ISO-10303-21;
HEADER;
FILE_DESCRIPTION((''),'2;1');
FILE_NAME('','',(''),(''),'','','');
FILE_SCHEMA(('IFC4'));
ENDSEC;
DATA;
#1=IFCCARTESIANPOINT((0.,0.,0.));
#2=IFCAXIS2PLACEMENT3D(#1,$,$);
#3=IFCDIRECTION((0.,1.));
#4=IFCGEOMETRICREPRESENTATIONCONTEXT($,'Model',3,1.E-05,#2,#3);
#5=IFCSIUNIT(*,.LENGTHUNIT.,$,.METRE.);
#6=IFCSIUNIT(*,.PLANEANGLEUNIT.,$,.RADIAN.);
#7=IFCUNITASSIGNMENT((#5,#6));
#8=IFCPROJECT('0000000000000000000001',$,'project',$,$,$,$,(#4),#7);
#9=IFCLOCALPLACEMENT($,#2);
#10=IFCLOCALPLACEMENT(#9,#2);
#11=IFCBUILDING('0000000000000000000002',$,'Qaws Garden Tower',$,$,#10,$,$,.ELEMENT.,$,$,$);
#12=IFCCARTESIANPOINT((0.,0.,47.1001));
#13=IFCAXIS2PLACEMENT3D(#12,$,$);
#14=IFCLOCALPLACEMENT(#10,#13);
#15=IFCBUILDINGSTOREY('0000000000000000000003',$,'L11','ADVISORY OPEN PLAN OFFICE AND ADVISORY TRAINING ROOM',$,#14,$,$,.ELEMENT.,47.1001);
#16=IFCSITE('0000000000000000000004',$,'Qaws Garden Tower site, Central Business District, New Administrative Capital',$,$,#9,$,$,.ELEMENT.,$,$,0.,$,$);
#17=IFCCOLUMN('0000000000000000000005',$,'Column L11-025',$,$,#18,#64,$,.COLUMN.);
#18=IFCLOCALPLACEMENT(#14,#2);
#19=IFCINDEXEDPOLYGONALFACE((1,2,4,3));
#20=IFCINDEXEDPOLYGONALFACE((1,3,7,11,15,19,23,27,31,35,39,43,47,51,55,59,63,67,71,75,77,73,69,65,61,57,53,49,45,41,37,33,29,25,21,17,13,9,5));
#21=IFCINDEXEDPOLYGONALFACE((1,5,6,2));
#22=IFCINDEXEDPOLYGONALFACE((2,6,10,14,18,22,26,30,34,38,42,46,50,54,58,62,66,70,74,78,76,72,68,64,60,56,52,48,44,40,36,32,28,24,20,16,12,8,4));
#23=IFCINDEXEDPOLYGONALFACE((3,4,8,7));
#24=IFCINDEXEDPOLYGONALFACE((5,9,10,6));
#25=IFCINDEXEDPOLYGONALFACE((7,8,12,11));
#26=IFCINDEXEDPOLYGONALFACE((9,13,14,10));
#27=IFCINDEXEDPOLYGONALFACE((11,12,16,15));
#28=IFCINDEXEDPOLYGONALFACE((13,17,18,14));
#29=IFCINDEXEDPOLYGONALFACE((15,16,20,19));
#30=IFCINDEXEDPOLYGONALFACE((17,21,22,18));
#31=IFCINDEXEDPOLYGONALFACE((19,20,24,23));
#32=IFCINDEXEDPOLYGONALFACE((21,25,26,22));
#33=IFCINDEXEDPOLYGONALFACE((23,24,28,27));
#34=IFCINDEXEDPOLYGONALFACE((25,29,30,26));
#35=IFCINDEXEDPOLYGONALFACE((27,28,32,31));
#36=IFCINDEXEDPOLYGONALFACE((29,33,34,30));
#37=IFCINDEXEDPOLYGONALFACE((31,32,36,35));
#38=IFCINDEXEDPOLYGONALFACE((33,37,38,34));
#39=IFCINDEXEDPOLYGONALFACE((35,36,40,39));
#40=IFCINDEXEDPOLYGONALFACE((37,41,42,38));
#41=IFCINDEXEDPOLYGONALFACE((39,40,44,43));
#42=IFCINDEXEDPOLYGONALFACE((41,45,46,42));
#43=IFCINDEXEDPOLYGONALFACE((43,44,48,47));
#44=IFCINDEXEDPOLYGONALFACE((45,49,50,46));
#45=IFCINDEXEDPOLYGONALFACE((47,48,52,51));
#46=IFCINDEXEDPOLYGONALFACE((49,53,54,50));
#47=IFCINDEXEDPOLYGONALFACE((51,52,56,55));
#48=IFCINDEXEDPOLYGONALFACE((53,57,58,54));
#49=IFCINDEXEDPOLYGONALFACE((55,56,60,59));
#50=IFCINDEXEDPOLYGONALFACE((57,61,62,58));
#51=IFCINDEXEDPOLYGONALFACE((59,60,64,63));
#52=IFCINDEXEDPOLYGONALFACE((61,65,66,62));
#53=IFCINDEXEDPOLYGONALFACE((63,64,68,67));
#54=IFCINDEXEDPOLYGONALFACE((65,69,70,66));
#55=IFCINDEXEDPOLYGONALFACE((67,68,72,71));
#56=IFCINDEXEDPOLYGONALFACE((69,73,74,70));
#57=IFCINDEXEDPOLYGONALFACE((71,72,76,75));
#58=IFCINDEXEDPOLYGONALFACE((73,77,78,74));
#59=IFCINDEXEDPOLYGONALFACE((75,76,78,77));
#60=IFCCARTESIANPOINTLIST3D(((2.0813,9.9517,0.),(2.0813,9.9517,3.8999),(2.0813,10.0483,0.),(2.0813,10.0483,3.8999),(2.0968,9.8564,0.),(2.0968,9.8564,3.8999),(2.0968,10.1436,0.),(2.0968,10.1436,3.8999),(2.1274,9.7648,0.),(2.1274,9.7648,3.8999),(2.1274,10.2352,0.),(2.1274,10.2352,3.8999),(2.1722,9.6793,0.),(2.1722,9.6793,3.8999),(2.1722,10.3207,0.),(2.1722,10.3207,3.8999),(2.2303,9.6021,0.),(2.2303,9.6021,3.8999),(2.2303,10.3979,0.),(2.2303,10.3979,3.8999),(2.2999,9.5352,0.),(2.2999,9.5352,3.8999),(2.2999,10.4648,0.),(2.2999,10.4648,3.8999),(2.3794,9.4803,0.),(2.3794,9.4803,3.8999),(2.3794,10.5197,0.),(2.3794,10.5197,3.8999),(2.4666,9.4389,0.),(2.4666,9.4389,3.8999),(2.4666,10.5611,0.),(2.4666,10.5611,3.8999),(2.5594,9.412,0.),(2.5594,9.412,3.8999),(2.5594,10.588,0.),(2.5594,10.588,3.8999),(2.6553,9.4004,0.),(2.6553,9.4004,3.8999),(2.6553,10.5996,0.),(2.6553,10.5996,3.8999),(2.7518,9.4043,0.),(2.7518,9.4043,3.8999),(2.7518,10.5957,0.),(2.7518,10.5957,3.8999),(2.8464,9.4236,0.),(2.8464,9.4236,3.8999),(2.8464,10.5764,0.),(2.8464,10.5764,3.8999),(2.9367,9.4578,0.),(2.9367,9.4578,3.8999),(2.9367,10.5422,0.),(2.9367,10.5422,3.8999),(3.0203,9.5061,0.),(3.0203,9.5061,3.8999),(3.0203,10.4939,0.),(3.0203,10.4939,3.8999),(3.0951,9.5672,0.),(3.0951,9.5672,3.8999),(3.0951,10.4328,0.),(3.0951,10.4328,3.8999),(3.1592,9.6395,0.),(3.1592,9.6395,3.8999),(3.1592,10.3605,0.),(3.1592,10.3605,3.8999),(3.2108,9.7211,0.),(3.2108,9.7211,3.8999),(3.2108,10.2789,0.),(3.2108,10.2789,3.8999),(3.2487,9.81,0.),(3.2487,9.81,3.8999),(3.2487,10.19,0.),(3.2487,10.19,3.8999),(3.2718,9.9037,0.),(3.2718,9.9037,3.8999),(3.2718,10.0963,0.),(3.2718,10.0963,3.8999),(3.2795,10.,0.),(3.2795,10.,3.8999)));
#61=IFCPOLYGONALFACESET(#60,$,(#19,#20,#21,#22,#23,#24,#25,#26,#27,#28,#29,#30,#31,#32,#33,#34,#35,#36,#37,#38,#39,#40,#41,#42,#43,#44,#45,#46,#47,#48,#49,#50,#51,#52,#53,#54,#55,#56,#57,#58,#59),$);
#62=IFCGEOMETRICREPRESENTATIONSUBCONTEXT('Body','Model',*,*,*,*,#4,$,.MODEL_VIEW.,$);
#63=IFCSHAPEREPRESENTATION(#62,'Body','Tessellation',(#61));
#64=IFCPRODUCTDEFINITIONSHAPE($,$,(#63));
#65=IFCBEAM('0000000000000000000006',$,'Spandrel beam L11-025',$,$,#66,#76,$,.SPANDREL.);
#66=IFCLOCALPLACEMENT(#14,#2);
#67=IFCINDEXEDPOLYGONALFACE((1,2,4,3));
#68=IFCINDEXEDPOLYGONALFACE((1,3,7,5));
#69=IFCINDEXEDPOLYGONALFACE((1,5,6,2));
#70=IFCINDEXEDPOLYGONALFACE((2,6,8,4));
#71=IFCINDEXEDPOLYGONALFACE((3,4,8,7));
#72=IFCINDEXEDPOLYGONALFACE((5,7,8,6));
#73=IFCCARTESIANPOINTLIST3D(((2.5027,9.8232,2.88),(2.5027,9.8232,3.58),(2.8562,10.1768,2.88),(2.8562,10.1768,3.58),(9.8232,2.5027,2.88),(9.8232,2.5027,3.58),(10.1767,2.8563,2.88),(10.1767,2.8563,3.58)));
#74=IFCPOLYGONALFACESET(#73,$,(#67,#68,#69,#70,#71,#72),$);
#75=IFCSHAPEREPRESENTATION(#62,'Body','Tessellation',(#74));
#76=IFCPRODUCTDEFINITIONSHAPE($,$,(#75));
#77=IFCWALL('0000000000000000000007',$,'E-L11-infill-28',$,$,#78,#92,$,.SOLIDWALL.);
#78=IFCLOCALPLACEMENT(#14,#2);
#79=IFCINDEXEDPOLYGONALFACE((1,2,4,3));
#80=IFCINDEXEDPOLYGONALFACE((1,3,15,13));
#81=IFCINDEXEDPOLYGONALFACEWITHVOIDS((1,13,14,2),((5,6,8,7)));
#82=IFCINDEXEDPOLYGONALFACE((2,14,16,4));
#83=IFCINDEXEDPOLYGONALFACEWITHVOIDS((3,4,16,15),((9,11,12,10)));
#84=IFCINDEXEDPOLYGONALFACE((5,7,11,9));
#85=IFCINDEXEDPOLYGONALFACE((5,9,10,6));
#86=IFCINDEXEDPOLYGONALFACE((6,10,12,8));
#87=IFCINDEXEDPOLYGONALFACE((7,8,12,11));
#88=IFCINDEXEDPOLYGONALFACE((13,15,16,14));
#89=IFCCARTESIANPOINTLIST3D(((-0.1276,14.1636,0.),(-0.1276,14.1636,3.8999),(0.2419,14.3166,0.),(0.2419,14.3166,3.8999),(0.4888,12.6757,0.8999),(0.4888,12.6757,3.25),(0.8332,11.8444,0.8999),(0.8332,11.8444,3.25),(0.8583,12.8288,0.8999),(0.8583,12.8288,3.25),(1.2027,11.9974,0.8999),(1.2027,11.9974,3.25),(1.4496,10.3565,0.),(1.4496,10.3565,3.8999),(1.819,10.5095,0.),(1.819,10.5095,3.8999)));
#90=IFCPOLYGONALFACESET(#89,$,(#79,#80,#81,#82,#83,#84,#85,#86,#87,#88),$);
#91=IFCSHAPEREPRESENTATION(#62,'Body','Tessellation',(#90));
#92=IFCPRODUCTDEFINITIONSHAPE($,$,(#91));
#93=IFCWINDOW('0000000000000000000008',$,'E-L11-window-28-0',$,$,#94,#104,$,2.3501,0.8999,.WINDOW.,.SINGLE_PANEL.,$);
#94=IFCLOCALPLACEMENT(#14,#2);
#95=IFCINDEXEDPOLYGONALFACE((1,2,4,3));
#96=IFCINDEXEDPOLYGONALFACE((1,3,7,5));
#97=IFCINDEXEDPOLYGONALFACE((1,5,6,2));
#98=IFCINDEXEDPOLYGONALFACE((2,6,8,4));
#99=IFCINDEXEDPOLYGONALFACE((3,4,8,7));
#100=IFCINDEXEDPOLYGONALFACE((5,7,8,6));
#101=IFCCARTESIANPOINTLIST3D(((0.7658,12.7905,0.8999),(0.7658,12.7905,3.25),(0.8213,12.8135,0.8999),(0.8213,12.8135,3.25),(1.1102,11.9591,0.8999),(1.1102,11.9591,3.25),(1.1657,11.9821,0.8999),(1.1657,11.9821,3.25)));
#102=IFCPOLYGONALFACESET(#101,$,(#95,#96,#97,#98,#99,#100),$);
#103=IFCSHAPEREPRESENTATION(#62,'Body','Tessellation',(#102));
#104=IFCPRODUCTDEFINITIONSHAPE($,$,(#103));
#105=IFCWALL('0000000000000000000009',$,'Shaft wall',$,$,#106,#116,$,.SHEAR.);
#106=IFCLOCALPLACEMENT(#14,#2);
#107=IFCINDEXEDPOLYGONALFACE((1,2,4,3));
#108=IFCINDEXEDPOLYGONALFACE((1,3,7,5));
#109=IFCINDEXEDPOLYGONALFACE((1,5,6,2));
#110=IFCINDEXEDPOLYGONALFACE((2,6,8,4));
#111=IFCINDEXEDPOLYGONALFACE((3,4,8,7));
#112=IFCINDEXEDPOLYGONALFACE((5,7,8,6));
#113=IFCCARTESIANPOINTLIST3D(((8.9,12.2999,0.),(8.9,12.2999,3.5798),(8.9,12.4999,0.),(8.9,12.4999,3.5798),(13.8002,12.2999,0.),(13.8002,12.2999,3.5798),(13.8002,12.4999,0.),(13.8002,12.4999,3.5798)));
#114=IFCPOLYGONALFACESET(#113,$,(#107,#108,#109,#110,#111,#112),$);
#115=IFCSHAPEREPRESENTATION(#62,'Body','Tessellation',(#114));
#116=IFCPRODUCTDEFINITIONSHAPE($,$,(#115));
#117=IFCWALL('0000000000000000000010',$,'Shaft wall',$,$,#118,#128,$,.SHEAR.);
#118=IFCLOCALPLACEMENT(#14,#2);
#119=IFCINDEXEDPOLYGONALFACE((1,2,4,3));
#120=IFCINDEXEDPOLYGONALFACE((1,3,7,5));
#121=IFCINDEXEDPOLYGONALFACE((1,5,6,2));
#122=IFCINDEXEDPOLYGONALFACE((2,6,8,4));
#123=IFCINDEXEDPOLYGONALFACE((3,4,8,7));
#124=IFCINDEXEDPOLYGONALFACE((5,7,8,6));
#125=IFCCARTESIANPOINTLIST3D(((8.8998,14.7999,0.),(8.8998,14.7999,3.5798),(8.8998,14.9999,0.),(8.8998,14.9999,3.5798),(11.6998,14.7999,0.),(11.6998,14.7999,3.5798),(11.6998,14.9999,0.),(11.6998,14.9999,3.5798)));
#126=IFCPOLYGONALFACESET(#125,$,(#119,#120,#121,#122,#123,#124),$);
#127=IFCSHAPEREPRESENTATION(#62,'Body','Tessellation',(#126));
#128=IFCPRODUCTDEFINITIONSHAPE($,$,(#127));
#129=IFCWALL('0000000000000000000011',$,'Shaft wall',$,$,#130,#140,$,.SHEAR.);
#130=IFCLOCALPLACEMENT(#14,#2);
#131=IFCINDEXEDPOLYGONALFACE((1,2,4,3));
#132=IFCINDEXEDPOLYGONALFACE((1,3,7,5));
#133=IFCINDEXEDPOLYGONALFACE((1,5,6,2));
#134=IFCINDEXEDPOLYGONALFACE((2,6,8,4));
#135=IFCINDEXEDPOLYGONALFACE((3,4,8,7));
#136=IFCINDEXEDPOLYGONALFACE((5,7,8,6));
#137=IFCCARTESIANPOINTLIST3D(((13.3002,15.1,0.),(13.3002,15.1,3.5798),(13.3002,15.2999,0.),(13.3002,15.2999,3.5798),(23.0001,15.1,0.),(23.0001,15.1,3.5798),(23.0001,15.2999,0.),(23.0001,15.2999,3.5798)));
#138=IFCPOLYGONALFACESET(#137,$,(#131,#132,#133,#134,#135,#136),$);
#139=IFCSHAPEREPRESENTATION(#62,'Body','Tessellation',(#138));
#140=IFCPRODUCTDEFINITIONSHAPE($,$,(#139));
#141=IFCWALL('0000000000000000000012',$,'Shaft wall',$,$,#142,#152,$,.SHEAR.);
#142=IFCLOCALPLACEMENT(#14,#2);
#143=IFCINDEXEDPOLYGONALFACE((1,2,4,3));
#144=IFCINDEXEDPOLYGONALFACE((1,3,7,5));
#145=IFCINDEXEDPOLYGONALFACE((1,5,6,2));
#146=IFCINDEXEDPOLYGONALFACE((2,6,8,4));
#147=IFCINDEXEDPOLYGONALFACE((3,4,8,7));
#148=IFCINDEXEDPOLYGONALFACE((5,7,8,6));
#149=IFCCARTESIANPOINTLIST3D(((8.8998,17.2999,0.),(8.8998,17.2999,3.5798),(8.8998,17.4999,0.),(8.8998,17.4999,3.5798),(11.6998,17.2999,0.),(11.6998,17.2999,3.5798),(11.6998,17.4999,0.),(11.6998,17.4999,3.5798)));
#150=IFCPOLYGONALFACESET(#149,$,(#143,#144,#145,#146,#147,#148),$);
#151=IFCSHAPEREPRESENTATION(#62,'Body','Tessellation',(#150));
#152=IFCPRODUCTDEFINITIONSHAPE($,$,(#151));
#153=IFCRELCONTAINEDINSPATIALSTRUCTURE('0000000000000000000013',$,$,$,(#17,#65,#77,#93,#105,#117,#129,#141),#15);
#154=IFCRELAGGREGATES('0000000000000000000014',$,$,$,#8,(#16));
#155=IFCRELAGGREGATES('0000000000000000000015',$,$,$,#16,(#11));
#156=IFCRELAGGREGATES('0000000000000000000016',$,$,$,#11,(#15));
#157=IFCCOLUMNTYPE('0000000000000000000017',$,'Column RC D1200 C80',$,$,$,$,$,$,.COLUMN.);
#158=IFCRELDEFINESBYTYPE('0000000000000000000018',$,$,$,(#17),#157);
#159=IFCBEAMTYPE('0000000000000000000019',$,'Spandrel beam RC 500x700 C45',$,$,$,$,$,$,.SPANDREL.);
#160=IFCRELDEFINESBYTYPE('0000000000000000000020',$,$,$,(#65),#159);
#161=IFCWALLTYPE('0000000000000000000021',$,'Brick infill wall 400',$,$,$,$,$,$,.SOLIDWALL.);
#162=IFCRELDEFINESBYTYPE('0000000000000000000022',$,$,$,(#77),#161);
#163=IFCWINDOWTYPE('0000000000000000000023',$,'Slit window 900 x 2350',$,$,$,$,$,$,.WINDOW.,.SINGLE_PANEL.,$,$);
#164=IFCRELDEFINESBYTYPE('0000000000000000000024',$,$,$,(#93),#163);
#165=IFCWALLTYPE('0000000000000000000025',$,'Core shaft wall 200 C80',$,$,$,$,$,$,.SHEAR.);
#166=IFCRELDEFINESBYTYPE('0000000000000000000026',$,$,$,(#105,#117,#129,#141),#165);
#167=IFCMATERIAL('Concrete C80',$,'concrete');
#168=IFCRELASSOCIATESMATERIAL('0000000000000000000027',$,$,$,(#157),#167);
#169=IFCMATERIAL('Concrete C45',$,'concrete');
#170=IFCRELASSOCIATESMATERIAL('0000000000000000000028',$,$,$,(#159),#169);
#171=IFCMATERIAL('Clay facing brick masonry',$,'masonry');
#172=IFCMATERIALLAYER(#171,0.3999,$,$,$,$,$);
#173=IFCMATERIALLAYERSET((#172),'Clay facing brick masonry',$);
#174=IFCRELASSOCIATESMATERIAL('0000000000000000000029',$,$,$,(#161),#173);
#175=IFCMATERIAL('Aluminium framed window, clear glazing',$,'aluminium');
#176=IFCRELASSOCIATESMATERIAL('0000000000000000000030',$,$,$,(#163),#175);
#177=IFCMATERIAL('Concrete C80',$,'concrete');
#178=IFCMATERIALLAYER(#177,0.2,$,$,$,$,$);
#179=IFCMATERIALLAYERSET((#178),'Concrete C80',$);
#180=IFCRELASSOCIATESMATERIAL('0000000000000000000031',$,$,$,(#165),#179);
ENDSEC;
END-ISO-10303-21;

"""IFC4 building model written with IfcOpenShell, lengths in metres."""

from ifc_helpers import new_model, si_unit, direction, frame, frame_2d, origin, origin_2d, place, context, subcontext, project, spatial, rectangle, circle, extrude, material, layer, layer_set, material_profile, profile_set, type_object, element, fill, save


model = new_model("IFC4")

# Units and contexts
model_context = context("Model", 3, precision=1e-05, world=origin(), true_north=direction((0.0, 1.0)))
body_context = subcontext(model_context, "Body", "Model", "MODEL_VIEW")
ifc_project = project(units=[si_unit("LENGTHUNIT", "METRE"), si_unit("PLANEANGLEUNIT", "RADIAN")], contexts=[model_context])

# Site, building, storey
site_placement = place(None, origin())
site = spatial("IfcSite", under=ifc_project, at=site_placement, Name="Qaws Garden Tower site, Central Business District, New Administrative Capital", CompositionType="ELEMENT", RefElevation=0.0)
building_placement = place(site_placement, origin())
building = spatial("IfcBuilding", under=site, at=building_placement, Name="Qaws Garden Tower", CompositionType="ELEMENT")
storey_placement = place(building_placement, frame((0.0, 0.0, 47.1001)))
storey = spatial("IfcBuildingStorey", under=building, at=storey_placement, Name="L11", Description="ADVISORY OPEN PLAN OFFICE AND ADVISORY TRAINING ROOM", CompositionType="ELEMENT", Elevation=47.1001)

# Column
ifc_material_1 = material(Name="Concrete C80", Category="concrete")
ifc_material_profile_1 = material_profile(ifc_material_1, circle(Radius=0.6001, at=origin_2d()), Name="RC D1200")
ifc_profile_set_1 = profile_set([ifc_material_profile_1], Name="Concrete C80")
column_type = type_object("IfcColumnType", Name="Column RC D1200 C80", PredefinedType="COLUMN", material=ifc_profile_set_1)
column_placement = place(storey_placement, frame((2.6794, 10.0, 0.0), z_axis=(0.0, 0.0, 1.0), x_axis=(1.0, 0.0, 0.0)))
element("IfcColumn", 1, at=column_placement, inside=storey, type_object=column_type, Name="Column L11-025", PredefinedType="COLUMN", context=body_context, shape_type="SweptSolid", body=[
    extrude(circle(Radius=0.6001, at=origin_2d()), origin(), (0.0, 0.0, 1.0), 3.8999),
])

# Beam
ifc_material_2 = material(Name="Concrete C45", Category="concrete")
ifc_material_profile_2 = material_profile(ifc_material_2, rectangle(XDim=0.5, YDim=0.7, at=origin_2d()), Name="RC 500x700")
ifc_profile_set_2 = profile_set([ifc_material_profile_2], Name="Concrete C45")
beam_type = type_object("IfcBeamType", Name="Spandrel beam RC 500x700 C45", PredefinedType="SPANDREL", material=ifc_profile_set_2)
beam_placement = place(storey_placement, frame((2.6794, 10.0, 3.23), z_axis=(0.707107, -0.707107, 0.0), x_axis=(0.707107, 0.707107, 0.0)))
element("IfcBeam", 2, at=beam_placement, inside=storey, type_object=beam_type, Name="Spandrel beam L11-025", PredefinedType="SPANDREL", context=body_context, shape_type="SweptSolid", body=[
    extrude(rectangle(XDim=0.5, YDim=0.7, at=origin_2d()), origin(), (0.0, 0.0, 1.0), 10.3528),
])

# Wall, opening, window
ifc_material_3 = material(Name="Clay facing brick masonry", Category="masonry")
ifc_layer_1 = layer(ifc_material_3, 0.3999)
ifc_layer_set_1 = layer_set([ifc_layer_1], Name="Clay facing brick masonry")
wall_type_1 = type_object("IfcWallType", Name="Brick infill wall 400", PredefinedType="SOLIDWALL", material=ifc_layer_set_1)
wall_1_placement = place(storey_placement, frame((0.0571, 14.2402, 0.0), z_axis=(0.0, 0.0, 1.0), x_axis=(0.382722, -0.923864, 0.0)))
wall_1 = element("IfcWall", 3, at=wall_1_placement, inside=storey, type_object=wall_type_1, Name="E-L11-infill-28", PredefinedType="SOLIDWALL", context=body_context, shape_type="SweptSolid", body=[
    extrude(rectangle(XDim=4.1208, YDim=0.3999, at=frame_2d((2.0605, 0.0))), origin(), (0.0, 0.0, 1.0), 3.8999),
])
opening_1_placement = place(wall_1_placement, frame((1.6106, 0.0, 0.8999)))
opening_1 = element("IfcOpeningElement", 4, at=opening_1_placement, cuts=wall_1, PredefinedType="OPENING", context=body_context, shape_type="SweptSolid", body=[
    extrude(rectangle(XDim=0.8999, YDim=2.3501, at=frame_2d((0.45, 1.175))), frame((0.0, 0.21, 0.0), z_axis=(0.0, -1.0, 0.0), x_axis=(1.0, 0.0, 0.0)), (0.0, 0.0, 1.0), 0.4199),
])
ifc_material_4 = material(Name="Aluminium framed window, clear glazing", Category="aluminium")
window_type = type_object("IfcWindowType", Name="Slit window 900 x 2350", PartitioningType="SINGLE_PANEL", PredefinedType="WINDOW", material=ifc_material_4)
window_placement = place(opening_1_placement, origin())
window = element("IfcWindow", 5, at=window_placement, inside=storey, type_object=window_type, Name="E-L11-window-28-0", OverallHeight=2.3501, OverallWidth=0.8999, PartitioningType="SINGLE_PANEL", PredefinedType="WINDOW", context=body_context, shape_type="SweptSolid", body=[
    extrude(rectangle(XDim=0.8999, YDim=2.3501, at=frame_2d((0.45, 1.175))), frame((0.0, 0.1599, 0.0), z_axis=(0.0, -1.0, 0.0), x_axis=(1.0, 0.0, 0.0)), (0.0, 0.0, 1.0), 0.0601),
])
fill(opening_1, window)

# Walls
ifc_material_5 = material(Name="Concrete C80", Category="concrete")
ifc_layer_2 = layer(ifc_material_5, 0.2)
ifc_layer_set_2 = layer_set([ifc_layer_2], Name="Concrete C80")
wall_type_2 = type_object("IfcWallType", Name="Core shaft wall 200 C80", PredefinedType="SHEAR", material=ifc_layer_set_2)
wall_2_placement = place(storey_placement, frame((8.8999, 12.3999, 0.0), z_axis=(0.0, 0.0, 1.0), x_axis=(1.0, 0.0, 0.0)))
element("IfcWall", 6, at=wall_2_placement, inside=storey, type_object=wall_type_2, Name="Shaft wall", PredefinedType="SHEAR", context=body_context, shape_type="SweptSolid", body=[
    extrude(rectangle(XDim=4.9001, YDim=0.2, at=frame_2d((2.4502, 0.0))), origin(), (0.0, 0.0, 1.0), 3.5798),
])
wall_3_placement = place(storey_placement, frame((8.8999, 14.8999, 0.0), z_axis=(0.0, 0.0, 1.0), x_axis=(1.0, 0.0, 0.0)))
element("IfcWall", 7, at=wall_3_placement, inside=storey, type_object=wall_type_2, Name="Shaft wall", PredefinedType="SHEAR", context=body_context, shape_type="SweptSolid", body=[
    extrude(rectangle(XDim=2.8, YDim=0.2, at=frame_2d((1.3999, 0.0))), origin(), (0.0, 0.0, 1.0), 3.5798),
])
wall_4_placement = place(storey_placement, frame((13.3, 15.2, 0.0), z_axis=(0.0, 0.0, 1.0), x_axis=(1.0, 0.0, 0.0)))
element("IfcWall", 8, at=wall_4_placement, inside=storey, type_object=wall_type_2, Name="Shaft wall", PredefinedType="SHEAR", context=body_context, shape_type="SweptSolid", body=[
    extrude(rectangle(XDim=9.7, YDim=0.2, at=frame_2d((4.8501, 0.0))), origin(), (0.0, 0.0, 1.0), 3.5798),
])
wall_5_placement = place(storey_placement, frame((8.8999, 17.3999, 0.0), z_axis=(0.0, 0.0, 1.0), x_axis=(1.0, 0.0, 0.0)))
element("IfcWall", 9, at=wall_5_placement, inside=storey, type_object=wall_type_2, Name="Shaft wall", PredefinedType="SHEAR", context=body_context, shape_type="SweptSolid", body=[
    extrude(rectangle(XDim=2.8, YDim=0.2, at=frame_2d((1.3999, 0.0))), origin(), (0.0, 0.0, 1.0), 3.5798),
])

save(model, "model.ifc")
